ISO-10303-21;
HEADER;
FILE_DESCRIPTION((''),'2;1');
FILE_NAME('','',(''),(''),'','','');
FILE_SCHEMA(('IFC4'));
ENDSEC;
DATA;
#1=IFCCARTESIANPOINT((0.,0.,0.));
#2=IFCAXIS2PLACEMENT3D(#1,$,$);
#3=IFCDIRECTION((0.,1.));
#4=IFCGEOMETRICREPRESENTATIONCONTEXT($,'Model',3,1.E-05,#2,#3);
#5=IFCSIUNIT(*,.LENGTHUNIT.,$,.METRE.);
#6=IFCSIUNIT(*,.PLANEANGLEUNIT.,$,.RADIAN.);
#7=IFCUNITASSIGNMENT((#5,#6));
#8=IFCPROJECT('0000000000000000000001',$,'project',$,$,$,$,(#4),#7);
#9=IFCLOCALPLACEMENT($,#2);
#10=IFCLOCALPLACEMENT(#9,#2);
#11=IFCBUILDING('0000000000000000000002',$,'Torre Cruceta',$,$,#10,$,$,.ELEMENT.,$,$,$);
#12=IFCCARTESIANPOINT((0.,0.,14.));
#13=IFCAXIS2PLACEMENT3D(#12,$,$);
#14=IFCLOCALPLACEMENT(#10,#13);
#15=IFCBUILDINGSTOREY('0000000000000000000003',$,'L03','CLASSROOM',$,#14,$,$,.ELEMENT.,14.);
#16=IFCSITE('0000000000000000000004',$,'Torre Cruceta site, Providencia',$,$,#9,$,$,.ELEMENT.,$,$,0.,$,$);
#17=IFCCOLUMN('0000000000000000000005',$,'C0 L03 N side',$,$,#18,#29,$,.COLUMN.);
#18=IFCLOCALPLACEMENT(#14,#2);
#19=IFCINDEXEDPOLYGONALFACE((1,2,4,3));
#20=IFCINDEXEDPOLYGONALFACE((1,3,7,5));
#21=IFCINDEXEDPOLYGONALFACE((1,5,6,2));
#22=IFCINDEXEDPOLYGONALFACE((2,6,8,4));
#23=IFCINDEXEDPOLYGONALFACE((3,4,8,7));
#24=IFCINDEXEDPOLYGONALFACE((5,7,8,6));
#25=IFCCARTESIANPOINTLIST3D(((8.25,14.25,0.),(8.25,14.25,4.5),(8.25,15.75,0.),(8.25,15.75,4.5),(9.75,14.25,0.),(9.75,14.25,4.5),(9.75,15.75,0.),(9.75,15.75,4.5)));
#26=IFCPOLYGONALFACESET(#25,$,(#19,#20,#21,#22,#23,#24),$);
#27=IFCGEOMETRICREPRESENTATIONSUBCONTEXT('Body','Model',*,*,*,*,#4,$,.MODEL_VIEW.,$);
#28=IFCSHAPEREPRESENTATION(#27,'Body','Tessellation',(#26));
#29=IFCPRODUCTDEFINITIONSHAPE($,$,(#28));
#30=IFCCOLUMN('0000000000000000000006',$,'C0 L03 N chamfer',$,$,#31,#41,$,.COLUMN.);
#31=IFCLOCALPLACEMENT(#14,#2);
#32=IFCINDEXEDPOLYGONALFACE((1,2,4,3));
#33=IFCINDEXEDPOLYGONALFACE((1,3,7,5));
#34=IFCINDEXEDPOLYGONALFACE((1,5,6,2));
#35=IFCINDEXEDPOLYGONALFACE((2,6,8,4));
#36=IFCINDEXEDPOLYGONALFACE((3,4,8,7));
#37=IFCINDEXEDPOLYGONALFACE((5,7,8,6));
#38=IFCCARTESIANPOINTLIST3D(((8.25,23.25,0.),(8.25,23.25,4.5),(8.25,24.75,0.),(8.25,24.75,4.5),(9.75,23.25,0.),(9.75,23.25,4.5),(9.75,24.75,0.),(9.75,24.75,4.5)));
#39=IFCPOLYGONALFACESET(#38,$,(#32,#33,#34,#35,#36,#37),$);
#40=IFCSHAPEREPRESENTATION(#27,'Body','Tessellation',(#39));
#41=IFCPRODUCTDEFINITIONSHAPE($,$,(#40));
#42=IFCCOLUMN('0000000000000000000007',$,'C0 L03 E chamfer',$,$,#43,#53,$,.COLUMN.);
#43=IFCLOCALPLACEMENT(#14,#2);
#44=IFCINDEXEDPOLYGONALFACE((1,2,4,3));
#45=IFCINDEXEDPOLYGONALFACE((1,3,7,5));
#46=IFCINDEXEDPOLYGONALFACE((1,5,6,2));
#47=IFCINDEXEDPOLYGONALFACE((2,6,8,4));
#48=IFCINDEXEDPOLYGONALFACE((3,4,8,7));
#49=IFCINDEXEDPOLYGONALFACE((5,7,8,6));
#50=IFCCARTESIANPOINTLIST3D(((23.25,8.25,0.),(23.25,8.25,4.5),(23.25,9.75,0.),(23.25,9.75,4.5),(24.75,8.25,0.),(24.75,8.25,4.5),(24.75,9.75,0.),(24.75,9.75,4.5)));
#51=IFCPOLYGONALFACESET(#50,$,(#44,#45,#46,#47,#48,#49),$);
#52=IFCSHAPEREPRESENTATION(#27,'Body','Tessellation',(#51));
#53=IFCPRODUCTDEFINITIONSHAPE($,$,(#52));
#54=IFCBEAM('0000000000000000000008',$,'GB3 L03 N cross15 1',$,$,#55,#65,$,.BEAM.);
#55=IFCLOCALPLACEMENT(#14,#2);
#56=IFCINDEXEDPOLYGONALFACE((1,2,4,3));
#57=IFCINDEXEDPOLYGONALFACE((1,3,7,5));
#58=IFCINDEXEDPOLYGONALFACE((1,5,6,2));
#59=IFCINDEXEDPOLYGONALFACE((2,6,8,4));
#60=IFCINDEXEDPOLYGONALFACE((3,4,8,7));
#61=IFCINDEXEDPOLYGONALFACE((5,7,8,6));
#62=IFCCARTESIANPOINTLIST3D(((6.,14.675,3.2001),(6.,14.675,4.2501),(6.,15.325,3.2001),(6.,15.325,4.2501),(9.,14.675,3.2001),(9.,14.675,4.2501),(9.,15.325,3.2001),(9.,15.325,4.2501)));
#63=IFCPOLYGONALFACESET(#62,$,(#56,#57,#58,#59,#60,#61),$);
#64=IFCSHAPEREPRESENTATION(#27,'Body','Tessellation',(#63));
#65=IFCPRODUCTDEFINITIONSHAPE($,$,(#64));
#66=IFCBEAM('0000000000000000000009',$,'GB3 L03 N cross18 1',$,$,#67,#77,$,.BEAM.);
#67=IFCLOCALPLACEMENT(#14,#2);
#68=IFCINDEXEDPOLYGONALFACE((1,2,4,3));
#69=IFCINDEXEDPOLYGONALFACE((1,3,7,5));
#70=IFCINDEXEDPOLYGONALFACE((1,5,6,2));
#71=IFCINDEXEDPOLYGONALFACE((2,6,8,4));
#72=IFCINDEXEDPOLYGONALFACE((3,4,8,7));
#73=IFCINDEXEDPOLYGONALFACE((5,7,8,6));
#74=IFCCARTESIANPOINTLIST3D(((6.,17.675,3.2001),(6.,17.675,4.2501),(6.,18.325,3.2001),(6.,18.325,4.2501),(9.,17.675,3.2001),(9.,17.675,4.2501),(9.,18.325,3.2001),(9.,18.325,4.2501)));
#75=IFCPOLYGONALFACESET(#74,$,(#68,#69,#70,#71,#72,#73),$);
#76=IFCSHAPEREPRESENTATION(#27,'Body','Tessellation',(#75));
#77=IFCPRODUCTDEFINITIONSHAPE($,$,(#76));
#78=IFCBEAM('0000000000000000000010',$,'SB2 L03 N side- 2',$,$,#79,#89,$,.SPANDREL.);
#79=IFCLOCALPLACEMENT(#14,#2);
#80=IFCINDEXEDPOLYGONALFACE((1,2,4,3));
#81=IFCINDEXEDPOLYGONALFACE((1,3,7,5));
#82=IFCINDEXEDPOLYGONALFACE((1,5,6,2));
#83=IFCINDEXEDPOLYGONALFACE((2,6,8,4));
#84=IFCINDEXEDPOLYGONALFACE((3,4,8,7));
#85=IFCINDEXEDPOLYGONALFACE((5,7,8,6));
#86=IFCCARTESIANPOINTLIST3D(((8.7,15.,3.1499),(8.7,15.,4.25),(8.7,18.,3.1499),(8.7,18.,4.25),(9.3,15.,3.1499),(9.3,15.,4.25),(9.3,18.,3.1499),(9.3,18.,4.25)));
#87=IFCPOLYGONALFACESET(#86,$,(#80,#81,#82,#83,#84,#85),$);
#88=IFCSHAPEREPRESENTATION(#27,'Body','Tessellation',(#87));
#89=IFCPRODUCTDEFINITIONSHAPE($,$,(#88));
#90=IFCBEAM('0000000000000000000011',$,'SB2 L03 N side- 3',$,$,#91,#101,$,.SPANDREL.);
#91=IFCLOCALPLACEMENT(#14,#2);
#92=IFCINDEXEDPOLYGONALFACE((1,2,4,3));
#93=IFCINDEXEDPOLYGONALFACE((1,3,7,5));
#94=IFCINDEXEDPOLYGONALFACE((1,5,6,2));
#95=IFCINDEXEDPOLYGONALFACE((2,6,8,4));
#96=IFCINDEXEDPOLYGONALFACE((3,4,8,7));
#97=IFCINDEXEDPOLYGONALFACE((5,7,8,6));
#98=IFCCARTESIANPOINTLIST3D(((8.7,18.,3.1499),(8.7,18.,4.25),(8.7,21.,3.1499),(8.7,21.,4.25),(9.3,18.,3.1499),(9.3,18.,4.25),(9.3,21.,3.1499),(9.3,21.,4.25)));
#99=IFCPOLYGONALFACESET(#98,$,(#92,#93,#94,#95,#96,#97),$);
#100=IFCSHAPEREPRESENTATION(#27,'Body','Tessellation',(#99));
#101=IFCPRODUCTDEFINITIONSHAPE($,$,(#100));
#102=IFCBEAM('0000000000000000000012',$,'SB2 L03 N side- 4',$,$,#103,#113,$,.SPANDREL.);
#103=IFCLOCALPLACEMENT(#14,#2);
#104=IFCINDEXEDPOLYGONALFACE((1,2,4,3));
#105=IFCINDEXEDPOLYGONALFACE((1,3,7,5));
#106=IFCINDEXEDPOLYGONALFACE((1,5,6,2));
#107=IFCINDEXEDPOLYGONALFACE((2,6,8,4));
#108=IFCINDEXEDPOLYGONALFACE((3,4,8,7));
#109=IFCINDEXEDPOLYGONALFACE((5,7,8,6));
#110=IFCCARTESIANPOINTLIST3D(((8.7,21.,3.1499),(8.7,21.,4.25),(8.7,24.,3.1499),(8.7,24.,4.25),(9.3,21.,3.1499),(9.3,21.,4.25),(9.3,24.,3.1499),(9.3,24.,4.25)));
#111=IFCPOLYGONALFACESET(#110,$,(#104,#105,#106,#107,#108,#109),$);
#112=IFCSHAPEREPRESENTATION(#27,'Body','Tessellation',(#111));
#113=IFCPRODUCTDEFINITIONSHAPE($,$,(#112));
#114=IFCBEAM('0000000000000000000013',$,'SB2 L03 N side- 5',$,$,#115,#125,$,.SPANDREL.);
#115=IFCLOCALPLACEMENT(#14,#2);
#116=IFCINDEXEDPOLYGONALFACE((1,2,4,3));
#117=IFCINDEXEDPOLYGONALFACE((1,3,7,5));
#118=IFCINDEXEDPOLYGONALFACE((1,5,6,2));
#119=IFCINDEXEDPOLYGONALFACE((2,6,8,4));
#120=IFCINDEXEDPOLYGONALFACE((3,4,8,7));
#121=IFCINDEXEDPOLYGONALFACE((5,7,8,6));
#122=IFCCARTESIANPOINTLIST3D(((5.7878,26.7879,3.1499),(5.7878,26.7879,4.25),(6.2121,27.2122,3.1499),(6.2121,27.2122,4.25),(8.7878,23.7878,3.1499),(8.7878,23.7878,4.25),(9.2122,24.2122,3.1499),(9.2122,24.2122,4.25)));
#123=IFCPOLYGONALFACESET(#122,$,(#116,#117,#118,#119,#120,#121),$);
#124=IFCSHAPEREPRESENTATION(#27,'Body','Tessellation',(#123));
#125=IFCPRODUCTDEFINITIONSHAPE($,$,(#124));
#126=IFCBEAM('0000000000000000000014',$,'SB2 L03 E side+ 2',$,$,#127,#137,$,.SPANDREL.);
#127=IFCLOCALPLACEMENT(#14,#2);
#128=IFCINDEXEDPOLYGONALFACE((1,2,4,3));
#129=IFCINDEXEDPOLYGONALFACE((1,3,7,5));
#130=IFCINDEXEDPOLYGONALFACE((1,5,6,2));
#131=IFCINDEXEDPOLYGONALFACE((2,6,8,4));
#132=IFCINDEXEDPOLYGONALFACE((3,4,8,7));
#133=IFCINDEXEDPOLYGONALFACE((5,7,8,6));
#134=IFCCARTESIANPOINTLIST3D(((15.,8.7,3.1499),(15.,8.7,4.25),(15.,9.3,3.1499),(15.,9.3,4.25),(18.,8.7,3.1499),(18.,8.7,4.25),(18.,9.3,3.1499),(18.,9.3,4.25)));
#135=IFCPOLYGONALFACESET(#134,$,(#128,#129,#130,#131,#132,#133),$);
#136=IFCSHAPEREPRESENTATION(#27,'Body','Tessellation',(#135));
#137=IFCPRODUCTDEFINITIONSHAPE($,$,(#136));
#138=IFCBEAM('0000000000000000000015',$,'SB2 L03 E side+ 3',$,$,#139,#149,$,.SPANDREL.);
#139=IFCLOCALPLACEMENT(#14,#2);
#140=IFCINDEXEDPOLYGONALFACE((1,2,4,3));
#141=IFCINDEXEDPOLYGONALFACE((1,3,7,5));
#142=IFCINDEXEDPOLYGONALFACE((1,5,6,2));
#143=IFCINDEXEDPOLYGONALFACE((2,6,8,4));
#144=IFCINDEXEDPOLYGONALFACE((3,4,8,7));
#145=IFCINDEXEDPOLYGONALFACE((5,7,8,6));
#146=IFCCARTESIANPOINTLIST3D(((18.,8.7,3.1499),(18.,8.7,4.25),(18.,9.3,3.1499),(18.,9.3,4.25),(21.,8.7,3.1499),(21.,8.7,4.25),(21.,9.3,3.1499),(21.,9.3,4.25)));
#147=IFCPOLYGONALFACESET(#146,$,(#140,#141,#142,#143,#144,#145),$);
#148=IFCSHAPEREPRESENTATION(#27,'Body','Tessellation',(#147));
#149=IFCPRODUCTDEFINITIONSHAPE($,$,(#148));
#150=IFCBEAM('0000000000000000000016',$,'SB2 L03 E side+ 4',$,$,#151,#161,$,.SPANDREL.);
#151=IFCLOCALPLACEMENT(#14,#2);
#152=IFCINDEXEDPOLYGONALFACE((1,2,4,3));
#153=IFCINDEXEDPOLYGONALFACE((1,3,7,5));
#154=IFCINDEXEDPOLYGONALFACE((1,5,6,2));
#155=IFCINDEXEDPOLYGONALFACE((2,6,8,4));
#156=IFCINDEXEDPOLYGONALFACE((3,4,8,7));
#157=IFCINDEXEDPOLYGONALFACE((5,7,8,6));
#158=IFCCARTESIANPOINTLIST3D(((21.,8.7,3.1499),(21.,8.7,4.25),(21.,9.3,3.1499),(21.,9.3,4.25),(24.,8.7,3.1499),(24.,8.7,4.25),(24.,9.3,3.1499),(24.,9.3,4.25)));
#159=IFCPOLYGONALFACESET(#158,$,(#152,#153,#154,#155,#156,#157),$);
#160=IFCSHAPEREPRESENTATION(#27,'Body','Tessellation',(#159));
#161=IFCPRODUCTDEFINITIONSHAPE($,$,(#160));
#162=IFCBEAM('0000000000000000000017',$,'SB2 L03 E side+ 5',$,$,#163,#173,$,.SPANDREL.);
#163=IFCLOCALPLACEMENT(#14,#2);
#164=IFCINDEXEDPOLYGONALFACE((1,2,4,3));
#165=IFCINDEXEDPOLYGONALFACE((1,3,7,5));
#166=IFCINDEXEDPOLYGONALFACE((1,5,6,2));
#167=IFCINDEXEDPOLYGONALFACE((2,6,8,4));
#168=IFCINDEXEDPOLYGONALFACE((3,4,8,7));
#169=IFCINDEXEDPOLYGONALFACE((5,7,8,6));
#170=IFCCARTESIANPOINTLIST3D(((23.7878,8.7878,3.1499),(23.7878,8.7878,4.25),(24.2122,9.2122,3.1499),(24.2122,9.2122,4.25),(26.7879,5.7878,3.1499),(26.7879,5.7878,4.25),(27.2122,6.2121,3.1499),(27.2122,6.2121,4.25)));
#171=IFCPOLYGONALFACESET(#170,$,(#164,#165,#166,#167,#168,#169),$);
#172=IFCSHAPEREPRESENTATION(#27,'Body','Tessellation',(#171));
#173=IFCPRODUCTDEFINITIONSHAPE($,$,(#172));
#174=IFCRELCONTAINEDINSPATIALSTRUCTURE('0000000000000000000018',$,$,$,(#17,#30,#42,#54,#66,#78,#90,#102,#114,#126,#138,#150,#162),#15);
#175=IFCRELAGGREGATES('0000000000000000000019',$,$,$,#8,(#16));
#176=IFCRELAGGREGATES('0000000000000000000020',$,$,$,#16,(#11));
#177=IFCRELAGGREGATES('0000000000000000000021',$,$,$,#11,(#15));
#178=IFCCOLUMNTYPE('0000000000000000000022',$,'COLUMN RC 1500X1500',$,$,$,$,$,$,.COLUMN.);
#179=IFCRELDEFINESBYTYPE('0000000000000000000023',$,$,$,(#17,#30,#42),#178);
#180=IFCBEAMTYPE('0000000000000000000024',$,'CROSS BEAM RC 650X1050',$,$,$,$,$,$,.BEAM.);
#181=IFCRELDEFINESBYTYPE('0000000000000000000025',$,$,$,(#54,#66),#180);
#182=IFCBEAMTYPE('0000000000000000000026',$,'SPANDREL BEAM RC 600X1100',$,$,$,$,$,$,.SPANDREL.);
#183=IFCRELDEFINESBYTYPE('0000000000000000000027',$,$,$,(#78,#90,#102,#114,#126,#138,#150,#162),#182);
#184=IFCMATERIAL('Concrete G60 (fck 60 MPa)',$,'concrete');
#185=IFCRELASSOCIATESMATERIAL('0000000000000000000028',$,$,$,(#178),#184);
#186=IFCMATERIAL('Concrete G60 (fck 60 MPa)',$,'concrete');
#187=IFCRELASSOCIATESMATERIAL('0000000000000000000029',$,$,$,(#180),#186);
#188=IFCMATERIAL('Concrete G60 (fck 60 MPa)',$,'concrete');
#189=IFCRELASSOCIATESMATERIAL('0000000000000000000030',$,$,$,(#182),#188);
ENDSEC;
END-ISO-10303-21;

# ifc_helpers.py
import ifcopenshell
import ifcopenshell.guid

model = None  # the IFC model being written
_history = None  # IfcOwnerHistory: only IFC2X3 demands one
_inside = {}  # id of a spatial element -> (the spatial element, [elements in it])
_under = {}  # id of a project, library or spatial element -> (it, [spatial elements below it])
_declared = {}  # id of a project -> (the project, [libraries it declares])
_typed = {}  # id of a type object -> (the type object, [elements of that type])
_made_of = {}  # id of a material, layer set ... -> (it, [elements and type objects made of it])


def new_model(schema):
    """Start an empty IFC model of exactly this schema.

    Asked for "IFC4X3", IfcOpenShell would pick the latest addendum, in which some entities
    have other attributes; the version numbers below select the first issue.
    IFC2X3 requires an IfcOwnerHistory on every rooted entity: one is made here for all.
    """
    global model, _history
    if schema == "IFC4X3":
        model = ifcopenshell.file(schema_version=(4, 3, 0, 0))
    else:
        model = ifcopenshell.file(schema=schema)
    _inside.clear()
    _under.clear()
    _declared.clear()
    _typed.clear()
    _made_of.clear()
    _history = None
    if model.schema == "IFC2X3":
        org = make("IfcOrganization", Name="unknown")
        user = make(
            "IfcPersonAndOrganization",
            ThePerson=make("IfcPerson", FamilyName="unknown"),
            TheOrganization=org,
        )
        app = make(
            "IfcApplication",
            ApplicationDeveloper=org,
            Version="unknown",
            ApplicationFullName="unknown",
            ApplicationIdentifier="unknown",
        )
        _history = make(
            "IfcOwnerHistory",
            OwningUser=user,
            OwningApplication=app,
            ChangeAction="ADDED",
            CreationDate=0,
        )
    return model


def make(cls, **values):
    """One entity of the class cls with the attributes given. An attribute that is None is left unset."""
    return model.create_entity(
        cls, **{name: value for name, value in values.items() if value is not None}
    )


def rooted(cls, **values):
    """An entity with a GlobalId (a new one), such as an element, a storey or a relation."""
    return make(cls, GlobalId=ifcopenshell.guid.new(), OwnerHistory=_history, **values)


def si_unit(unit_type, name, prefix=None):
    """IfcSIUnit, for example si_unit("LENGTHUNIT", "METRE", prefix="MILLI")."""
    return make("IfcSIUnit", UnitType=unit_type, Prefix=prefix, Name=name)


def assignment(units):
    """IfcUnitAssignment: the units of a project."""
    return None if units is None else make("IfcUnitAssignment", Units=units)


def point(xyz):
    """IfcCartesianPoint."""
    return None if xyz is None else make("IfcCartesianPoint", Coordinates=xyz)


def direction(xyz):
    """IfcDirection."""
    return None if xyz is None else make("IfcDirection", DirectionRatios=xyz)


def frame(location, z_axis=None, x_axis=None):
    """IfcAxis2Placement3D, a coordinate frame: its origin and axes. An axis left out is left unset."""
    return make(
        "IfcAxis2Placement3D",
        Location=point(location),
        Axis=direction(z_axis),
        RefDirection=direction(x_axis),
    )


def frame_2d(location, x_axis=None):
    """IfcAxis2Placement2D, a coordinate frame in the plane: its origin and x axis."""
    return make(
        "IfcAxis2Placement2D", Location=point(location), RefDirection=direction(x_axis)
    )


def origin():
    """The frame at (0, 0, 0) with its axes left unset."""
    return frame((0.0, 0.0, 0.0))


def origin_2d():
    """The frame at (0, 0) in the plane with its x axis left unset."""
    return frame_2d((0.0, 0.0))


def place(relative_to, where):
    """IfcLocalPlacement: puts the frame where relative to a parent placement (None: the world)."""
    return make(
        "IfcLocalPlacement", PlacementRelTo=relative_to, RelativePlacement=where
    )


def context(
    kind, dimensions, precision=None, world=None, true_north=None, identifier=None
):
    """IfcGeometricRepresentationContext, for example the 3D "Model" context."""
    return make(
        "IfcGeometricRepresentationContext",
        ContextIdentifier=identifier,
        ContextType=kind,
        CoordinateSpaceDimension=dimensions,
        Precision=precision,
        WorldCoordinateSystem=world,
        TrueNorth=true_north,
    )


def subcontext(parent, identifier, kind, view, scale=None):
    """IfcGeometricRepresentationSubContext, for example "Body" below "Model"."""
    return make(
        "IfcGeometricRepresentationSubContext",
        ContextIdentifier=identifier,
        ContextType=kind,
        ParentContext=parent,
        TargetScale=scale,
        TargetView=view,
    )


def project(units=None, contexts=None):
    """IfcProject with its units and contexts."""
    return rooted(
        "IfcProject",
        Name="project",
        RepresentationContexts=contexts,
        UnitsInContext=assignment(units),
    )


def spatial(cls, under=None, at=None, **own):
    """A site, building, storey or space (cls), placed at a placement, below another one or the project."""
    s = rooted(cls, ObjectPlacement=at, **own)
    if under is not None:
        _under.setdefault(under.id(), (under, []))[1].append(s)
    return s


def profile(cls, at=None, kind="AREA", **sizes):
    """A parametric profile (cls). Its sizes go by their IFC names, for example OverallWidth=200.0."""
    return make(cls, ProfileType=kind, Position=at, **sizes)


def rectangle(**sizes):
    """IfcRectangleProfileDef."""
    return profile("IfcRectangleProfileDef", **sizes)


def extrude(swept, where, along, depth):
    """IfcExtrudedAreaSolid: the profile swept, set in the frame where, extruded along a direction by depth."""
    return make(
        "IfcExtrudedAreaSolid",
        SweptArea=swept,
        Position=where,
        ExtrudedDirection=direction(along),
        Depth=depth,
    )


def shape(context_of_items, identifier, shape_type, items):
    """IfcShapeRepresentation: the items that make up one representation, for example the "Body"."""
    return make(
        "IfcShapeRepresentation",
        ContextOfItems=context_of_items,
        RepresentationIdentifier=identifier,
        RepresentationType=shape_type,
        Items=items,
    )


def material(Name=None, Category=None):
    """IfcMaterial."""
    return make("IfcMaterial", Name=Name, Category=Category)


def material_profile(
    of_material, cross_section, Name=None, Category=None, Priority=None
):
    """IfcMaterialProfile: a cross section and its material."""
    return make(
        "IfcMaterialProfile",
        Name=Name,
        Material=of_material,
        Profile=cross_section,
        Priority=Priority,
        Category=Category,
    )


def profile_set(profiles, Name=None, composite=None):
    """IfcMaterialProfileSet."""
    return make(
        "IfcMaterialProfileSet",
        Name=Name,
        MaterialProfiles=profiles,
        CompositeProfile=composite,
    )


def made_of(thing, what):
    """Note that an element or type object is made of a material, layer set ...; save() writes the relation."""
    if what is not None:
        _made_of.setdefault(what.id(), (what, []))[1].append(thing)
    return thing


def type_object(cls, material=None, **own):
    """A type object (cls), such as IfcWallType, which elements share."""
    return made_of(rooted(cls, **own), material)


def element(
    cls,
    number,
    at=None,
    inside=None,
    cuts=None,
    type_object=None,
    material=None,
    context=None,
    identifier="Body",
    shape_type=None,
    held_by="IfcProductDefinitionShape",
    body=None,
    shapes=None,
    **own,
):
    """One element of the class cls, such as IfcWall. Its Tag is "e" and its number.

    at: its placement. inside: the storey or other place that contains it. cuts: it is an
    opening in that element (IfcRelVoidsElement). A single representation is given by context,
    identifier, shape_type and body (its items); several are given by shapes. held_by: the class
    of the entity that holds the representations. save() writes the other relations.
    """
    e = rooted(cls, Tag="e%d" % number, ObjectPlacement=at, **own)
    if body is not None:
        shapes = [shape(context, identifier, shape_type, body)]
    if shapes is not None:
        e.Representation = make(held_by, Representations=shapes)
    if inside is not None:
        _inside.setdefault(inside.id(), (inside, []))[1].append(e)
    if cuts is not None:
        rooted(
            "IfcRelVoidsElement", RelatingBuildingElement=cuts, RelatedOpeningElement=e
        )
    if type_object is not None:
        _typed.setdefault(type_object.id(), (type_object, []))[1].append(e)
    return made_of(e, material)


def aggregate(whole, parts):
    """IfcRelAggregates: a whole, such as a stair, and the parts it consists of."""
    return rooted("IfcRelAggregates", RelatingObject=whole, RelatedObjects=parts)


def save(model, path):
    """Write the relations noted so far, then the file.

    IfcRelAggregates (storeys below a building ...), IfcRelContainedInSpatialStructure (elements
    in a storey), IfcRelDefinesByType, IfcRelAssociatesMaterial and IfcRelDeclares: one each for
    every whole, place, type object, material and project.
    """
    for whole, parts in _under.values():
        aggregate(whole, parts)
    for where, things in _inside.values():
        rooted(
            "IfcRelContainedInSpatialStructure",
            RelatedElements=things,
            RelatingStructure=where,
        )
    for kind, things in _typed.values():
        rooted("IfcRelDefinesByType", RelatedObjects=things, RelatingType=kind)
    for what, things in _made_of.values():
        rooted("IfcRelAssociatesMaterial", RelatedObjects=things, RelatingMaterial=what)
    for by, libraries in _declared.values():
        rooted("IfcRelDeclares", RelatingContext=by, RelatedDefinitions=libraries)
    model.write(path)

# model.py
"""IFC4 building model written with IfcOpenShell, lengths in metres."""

from ifc_helpers import new_model, si_unit, direction, frame, origin, origin_2d, place, context, subcontext, project, spatial, rectangle, extrude, material, material_profile, profile_set, type_object, element, save


model = new_model("IFC4")

# Units and contexts
model_context = context("Model", 3, precision=1e-05, world=origin(), true_north=direction((0.0, 1.0)))
body_context = subcontext(model_context, "Body", "Model", "MODEL_VIEW")
ifc_project = project(units=[si_unit("LENGTHUNIT", "METRE"), si_unit("PLANEANGLEUNIT", "RADIAN")], contexts=[model_context])

# Site, building, storey
site_placement = place(None, origin())
site = spatial("IfcSite", under=ifc_project, at=site_placement, Name="Torre Cruceta site, Providencia", CompositionType="ELEMENT", RefElevation=0.0)
building_placement = place(site_placement, origin())
building = spatial("IfcBuilding", under=site, at=building_placement, Name="Torre Cruceta", CompositionType="ELEMENT")
storey_placement = place(building_placement, frame((0.0, 0.0, 14.0)))
storey = spatial("IfcBuildingStorey", under=building, at=storey_placement, Name="L03", Description="CLASSROOM", CompositionType="ELEMENT", Elevation=14.0)

# Columns
ifc_material_1 = material(Name="Concrete G60 (fck 60 MPa)", Category="concrete")
ifc_material_profile_1 = material_profile(ifc_material_1, rectangle(XDim=1.5, YDim=1.5, at=origin_2d()), Name="RC 1500X1500")
ifc_profile_set_1 = profile_set([ifc_material_profile_1], Name="Concrete G60 (fck 60 MPa)")
column_type = type_object("IfcColumnType", Name="COLUMN RC 1500X1500", PredefinedType="COLUMN", material=ifc_profile_set_1)
for number, where, z_axis, x_axis, name in (
    (1, (9.0, 15.0, 0.0), (0.0, 0.0, 1.0), (1.0, 0.0, 0.0), "C0 L03 N side"),
    (2, (9.0, 24.0, 0.0), (0.0, 0.0, 1.0), (1.0, 0.0, 0.0), "C0 L03 N chamfer"),
    (3, (24.0, 9.0, 0.0), (0.0, 0.0, 1.0), (1.0, 0.0, 0.0), "C0 L03 E chamfer"),
):
    element("IfcColumn", number, at=place(storey_placement, frame(where, z_axis=z_axis, x_axis=x_axis)), inside=storey, type_object=column_type, Name=name, PredefinedType="COLUMN", context=body_context, shape_type="SweptSolid", body=[
        extrude(rectangle(XDim=1.5, YDim=1.5, at=origin_2d()), origin(), (0.0, 0.0, 1.0), 4.5),
    ])

# Beams
ifc_material_2 = material(Name="Concrete G60 (fck 60 MPa)", Category="concrete")
ifc_material_profile_2 = material_profile(ifc_material_2, rectangle(XDim=0.6499, YDim=1.05, at=origin_2d()), Name="RC 650X1050")
ifc_profile_set_2 = profile_set([ifc_material_profile_2], Name="Concrete G60 (fck 60 MPa)")
beam_type_1 = type_object("IfcBeamType", Name="CROSS BEAM RC 650X1050", PredefinedType="BEAM", material=ifc_profile_set_2)
for number, where, z_axis, x_axis, name in (
    (4, (9.0, 15.0, 3.7251), (-1.0, 0.0, 0.0), (0.0, -1.0, 0.0), "GB3 L03 N cross15 1"),
    (5, (9.0, 18.0, 3.7251), (-1.0, 0.0, 0.0), (0.0, -1.0, 0.0), "GB3 L03 N cross18 1"),
):
    element("IfcBeam", number, at=place(storey_placement, frame(where, z_axis=z_axis, x_axis=x_axis)), inside=storey, type_object=beam_type_1, Name=name, PredefinedType="BEAM", context=body_context, shape_type="SweptSolid", body=[
        extrude(rectangle(XDim=0.6499, YDim=1.05, at=origin_2d()), origin(), (0.0, 0.0, 1.0), 3.0),
    ])
ifc_material_3 = material(Name="Concrete G60 (fck 60 MPa)", Category="concrete")
ifc_material_profile_3 = material_profile(ifc_material_3, rectangle(XDim=0.6001, YDim=1.1001, at=origin_2d()), Name="RC 600X1100")
ifc_profile_set_3 = profile_set([ifc_material_profile_3], Name="Concrete G60 (fck 60 MPa)")
beam_type_2 = type_object("IfcBeamType", Name="SPANDREL BEAM RC 600X1100", PredefinedType="SPANDREL", material=ifc_profile_set_3)
for number, where, z_axis, x_axis, name in (
    (6, (9.0, 15.0, 3.7), (0.0, 1.0, 0.0), (-1.0, 0.0, 0.0), "SB2 L03 N side- 2"),
    (7, (9.0, 18.0, 3.7), (0.0, 1.0, 0.0), (-1.0, 0.0, 0.0), "SB2 L03 N side- 3"),
    (8, (9.0, 21.0, 3.7), (0.0, 1.0, 0.0), (-1.0, 0.0, 0.0), "SB2 L03 N side- 4"),
):
    element("IfcBeam", number, at=place(storey_placement, frame(where, z_axis=z_axis, x_axis=x_axis)), inside=storey, type_object=beam_type_2, Name=name, PredefinedType="SPANDREL", context=body_context, shape_type="SweptSolid", body=[
        extrude(rectangle(XDim=0.6001, YDim=1.1001, at=origin_2d()), origin(), (0.0, 0.0, 1.0), 3.0),
    ])
beam_1_placement = place(storey_placement, frame((9.0, 24.0, 3.7), z_axis=(-0.707107, 0.707107, 0.0), x_axis=(-0.707107, -0.707107, 0.0)))
element("IfcBeam", 9, at=beam_1_placement, inside=storey, type_object=beam_type_2, Name="SB2 L03 N side- 5", PredefinedType="SPANDREL", context=body_context, shape_type="SweptSolid", body=[
    extrude(rectangle(XDim=0.6001, YDim=1.1001, at=origin_2d()), origin(), (0.0, 0.0, 1.0), 4.2427),
])
for number, where, z_axis, x_axis, name in (
    (10, (15.0, 9.0, 3.7), (1.0, 0.0, 0.0), (0.0, 1.0, 0.0), "SB2 L03 E side+ 2"),
    (11, (18.0, 9.0, 3.7), (1.0, 0.0, 0.0), (0.0, 1.0, 0.0), "SB2 L03 E side+ 3"),
    (12, (21.0, 9.0, 3.7), (1.0, 0.0, 0.0), (0.0, 1.0, 0.0), "SB2 L03 E side+ 4"),
):
    element("IfcBeam", number, at=place(storey_placement, frame(where, z_axis=z_axis, x_axis=x_axis)), inside=storey, type_object=beam_type_2, Name=name, PredefinedType="SPANDREL", context=body_context, shape_type="SweptSolid", body=[
        extrude(rectangle(XDim=0.6001, YDim=1.1001, at=origin_2d()), origin(), (0.0, 0.0, 1.0), 3.0),
    ])
beam_2_placement = place(storey_placement, frame((24.0, 9.0, 3.7), z_axis=(0.707107, -0.707107, 0.0), x_axis=(0.707107, 0.707107, 0.0)))
element("IfcBeam", 13, at=beam_2_placement, inside=storey, type_object=beam_type_2, Name="SB2 L03 E side+ 5", PredefinedType="SPANDREL", context=body_context, shape_type="SweptSolid", body=[
    extrude(rectangle(XDim=0.6001, YDim=1.1001, at=origin_2d()), origin(), (0.0, 0.0, 1.0), 4.2427),
])

save(model, "model.ifc")
